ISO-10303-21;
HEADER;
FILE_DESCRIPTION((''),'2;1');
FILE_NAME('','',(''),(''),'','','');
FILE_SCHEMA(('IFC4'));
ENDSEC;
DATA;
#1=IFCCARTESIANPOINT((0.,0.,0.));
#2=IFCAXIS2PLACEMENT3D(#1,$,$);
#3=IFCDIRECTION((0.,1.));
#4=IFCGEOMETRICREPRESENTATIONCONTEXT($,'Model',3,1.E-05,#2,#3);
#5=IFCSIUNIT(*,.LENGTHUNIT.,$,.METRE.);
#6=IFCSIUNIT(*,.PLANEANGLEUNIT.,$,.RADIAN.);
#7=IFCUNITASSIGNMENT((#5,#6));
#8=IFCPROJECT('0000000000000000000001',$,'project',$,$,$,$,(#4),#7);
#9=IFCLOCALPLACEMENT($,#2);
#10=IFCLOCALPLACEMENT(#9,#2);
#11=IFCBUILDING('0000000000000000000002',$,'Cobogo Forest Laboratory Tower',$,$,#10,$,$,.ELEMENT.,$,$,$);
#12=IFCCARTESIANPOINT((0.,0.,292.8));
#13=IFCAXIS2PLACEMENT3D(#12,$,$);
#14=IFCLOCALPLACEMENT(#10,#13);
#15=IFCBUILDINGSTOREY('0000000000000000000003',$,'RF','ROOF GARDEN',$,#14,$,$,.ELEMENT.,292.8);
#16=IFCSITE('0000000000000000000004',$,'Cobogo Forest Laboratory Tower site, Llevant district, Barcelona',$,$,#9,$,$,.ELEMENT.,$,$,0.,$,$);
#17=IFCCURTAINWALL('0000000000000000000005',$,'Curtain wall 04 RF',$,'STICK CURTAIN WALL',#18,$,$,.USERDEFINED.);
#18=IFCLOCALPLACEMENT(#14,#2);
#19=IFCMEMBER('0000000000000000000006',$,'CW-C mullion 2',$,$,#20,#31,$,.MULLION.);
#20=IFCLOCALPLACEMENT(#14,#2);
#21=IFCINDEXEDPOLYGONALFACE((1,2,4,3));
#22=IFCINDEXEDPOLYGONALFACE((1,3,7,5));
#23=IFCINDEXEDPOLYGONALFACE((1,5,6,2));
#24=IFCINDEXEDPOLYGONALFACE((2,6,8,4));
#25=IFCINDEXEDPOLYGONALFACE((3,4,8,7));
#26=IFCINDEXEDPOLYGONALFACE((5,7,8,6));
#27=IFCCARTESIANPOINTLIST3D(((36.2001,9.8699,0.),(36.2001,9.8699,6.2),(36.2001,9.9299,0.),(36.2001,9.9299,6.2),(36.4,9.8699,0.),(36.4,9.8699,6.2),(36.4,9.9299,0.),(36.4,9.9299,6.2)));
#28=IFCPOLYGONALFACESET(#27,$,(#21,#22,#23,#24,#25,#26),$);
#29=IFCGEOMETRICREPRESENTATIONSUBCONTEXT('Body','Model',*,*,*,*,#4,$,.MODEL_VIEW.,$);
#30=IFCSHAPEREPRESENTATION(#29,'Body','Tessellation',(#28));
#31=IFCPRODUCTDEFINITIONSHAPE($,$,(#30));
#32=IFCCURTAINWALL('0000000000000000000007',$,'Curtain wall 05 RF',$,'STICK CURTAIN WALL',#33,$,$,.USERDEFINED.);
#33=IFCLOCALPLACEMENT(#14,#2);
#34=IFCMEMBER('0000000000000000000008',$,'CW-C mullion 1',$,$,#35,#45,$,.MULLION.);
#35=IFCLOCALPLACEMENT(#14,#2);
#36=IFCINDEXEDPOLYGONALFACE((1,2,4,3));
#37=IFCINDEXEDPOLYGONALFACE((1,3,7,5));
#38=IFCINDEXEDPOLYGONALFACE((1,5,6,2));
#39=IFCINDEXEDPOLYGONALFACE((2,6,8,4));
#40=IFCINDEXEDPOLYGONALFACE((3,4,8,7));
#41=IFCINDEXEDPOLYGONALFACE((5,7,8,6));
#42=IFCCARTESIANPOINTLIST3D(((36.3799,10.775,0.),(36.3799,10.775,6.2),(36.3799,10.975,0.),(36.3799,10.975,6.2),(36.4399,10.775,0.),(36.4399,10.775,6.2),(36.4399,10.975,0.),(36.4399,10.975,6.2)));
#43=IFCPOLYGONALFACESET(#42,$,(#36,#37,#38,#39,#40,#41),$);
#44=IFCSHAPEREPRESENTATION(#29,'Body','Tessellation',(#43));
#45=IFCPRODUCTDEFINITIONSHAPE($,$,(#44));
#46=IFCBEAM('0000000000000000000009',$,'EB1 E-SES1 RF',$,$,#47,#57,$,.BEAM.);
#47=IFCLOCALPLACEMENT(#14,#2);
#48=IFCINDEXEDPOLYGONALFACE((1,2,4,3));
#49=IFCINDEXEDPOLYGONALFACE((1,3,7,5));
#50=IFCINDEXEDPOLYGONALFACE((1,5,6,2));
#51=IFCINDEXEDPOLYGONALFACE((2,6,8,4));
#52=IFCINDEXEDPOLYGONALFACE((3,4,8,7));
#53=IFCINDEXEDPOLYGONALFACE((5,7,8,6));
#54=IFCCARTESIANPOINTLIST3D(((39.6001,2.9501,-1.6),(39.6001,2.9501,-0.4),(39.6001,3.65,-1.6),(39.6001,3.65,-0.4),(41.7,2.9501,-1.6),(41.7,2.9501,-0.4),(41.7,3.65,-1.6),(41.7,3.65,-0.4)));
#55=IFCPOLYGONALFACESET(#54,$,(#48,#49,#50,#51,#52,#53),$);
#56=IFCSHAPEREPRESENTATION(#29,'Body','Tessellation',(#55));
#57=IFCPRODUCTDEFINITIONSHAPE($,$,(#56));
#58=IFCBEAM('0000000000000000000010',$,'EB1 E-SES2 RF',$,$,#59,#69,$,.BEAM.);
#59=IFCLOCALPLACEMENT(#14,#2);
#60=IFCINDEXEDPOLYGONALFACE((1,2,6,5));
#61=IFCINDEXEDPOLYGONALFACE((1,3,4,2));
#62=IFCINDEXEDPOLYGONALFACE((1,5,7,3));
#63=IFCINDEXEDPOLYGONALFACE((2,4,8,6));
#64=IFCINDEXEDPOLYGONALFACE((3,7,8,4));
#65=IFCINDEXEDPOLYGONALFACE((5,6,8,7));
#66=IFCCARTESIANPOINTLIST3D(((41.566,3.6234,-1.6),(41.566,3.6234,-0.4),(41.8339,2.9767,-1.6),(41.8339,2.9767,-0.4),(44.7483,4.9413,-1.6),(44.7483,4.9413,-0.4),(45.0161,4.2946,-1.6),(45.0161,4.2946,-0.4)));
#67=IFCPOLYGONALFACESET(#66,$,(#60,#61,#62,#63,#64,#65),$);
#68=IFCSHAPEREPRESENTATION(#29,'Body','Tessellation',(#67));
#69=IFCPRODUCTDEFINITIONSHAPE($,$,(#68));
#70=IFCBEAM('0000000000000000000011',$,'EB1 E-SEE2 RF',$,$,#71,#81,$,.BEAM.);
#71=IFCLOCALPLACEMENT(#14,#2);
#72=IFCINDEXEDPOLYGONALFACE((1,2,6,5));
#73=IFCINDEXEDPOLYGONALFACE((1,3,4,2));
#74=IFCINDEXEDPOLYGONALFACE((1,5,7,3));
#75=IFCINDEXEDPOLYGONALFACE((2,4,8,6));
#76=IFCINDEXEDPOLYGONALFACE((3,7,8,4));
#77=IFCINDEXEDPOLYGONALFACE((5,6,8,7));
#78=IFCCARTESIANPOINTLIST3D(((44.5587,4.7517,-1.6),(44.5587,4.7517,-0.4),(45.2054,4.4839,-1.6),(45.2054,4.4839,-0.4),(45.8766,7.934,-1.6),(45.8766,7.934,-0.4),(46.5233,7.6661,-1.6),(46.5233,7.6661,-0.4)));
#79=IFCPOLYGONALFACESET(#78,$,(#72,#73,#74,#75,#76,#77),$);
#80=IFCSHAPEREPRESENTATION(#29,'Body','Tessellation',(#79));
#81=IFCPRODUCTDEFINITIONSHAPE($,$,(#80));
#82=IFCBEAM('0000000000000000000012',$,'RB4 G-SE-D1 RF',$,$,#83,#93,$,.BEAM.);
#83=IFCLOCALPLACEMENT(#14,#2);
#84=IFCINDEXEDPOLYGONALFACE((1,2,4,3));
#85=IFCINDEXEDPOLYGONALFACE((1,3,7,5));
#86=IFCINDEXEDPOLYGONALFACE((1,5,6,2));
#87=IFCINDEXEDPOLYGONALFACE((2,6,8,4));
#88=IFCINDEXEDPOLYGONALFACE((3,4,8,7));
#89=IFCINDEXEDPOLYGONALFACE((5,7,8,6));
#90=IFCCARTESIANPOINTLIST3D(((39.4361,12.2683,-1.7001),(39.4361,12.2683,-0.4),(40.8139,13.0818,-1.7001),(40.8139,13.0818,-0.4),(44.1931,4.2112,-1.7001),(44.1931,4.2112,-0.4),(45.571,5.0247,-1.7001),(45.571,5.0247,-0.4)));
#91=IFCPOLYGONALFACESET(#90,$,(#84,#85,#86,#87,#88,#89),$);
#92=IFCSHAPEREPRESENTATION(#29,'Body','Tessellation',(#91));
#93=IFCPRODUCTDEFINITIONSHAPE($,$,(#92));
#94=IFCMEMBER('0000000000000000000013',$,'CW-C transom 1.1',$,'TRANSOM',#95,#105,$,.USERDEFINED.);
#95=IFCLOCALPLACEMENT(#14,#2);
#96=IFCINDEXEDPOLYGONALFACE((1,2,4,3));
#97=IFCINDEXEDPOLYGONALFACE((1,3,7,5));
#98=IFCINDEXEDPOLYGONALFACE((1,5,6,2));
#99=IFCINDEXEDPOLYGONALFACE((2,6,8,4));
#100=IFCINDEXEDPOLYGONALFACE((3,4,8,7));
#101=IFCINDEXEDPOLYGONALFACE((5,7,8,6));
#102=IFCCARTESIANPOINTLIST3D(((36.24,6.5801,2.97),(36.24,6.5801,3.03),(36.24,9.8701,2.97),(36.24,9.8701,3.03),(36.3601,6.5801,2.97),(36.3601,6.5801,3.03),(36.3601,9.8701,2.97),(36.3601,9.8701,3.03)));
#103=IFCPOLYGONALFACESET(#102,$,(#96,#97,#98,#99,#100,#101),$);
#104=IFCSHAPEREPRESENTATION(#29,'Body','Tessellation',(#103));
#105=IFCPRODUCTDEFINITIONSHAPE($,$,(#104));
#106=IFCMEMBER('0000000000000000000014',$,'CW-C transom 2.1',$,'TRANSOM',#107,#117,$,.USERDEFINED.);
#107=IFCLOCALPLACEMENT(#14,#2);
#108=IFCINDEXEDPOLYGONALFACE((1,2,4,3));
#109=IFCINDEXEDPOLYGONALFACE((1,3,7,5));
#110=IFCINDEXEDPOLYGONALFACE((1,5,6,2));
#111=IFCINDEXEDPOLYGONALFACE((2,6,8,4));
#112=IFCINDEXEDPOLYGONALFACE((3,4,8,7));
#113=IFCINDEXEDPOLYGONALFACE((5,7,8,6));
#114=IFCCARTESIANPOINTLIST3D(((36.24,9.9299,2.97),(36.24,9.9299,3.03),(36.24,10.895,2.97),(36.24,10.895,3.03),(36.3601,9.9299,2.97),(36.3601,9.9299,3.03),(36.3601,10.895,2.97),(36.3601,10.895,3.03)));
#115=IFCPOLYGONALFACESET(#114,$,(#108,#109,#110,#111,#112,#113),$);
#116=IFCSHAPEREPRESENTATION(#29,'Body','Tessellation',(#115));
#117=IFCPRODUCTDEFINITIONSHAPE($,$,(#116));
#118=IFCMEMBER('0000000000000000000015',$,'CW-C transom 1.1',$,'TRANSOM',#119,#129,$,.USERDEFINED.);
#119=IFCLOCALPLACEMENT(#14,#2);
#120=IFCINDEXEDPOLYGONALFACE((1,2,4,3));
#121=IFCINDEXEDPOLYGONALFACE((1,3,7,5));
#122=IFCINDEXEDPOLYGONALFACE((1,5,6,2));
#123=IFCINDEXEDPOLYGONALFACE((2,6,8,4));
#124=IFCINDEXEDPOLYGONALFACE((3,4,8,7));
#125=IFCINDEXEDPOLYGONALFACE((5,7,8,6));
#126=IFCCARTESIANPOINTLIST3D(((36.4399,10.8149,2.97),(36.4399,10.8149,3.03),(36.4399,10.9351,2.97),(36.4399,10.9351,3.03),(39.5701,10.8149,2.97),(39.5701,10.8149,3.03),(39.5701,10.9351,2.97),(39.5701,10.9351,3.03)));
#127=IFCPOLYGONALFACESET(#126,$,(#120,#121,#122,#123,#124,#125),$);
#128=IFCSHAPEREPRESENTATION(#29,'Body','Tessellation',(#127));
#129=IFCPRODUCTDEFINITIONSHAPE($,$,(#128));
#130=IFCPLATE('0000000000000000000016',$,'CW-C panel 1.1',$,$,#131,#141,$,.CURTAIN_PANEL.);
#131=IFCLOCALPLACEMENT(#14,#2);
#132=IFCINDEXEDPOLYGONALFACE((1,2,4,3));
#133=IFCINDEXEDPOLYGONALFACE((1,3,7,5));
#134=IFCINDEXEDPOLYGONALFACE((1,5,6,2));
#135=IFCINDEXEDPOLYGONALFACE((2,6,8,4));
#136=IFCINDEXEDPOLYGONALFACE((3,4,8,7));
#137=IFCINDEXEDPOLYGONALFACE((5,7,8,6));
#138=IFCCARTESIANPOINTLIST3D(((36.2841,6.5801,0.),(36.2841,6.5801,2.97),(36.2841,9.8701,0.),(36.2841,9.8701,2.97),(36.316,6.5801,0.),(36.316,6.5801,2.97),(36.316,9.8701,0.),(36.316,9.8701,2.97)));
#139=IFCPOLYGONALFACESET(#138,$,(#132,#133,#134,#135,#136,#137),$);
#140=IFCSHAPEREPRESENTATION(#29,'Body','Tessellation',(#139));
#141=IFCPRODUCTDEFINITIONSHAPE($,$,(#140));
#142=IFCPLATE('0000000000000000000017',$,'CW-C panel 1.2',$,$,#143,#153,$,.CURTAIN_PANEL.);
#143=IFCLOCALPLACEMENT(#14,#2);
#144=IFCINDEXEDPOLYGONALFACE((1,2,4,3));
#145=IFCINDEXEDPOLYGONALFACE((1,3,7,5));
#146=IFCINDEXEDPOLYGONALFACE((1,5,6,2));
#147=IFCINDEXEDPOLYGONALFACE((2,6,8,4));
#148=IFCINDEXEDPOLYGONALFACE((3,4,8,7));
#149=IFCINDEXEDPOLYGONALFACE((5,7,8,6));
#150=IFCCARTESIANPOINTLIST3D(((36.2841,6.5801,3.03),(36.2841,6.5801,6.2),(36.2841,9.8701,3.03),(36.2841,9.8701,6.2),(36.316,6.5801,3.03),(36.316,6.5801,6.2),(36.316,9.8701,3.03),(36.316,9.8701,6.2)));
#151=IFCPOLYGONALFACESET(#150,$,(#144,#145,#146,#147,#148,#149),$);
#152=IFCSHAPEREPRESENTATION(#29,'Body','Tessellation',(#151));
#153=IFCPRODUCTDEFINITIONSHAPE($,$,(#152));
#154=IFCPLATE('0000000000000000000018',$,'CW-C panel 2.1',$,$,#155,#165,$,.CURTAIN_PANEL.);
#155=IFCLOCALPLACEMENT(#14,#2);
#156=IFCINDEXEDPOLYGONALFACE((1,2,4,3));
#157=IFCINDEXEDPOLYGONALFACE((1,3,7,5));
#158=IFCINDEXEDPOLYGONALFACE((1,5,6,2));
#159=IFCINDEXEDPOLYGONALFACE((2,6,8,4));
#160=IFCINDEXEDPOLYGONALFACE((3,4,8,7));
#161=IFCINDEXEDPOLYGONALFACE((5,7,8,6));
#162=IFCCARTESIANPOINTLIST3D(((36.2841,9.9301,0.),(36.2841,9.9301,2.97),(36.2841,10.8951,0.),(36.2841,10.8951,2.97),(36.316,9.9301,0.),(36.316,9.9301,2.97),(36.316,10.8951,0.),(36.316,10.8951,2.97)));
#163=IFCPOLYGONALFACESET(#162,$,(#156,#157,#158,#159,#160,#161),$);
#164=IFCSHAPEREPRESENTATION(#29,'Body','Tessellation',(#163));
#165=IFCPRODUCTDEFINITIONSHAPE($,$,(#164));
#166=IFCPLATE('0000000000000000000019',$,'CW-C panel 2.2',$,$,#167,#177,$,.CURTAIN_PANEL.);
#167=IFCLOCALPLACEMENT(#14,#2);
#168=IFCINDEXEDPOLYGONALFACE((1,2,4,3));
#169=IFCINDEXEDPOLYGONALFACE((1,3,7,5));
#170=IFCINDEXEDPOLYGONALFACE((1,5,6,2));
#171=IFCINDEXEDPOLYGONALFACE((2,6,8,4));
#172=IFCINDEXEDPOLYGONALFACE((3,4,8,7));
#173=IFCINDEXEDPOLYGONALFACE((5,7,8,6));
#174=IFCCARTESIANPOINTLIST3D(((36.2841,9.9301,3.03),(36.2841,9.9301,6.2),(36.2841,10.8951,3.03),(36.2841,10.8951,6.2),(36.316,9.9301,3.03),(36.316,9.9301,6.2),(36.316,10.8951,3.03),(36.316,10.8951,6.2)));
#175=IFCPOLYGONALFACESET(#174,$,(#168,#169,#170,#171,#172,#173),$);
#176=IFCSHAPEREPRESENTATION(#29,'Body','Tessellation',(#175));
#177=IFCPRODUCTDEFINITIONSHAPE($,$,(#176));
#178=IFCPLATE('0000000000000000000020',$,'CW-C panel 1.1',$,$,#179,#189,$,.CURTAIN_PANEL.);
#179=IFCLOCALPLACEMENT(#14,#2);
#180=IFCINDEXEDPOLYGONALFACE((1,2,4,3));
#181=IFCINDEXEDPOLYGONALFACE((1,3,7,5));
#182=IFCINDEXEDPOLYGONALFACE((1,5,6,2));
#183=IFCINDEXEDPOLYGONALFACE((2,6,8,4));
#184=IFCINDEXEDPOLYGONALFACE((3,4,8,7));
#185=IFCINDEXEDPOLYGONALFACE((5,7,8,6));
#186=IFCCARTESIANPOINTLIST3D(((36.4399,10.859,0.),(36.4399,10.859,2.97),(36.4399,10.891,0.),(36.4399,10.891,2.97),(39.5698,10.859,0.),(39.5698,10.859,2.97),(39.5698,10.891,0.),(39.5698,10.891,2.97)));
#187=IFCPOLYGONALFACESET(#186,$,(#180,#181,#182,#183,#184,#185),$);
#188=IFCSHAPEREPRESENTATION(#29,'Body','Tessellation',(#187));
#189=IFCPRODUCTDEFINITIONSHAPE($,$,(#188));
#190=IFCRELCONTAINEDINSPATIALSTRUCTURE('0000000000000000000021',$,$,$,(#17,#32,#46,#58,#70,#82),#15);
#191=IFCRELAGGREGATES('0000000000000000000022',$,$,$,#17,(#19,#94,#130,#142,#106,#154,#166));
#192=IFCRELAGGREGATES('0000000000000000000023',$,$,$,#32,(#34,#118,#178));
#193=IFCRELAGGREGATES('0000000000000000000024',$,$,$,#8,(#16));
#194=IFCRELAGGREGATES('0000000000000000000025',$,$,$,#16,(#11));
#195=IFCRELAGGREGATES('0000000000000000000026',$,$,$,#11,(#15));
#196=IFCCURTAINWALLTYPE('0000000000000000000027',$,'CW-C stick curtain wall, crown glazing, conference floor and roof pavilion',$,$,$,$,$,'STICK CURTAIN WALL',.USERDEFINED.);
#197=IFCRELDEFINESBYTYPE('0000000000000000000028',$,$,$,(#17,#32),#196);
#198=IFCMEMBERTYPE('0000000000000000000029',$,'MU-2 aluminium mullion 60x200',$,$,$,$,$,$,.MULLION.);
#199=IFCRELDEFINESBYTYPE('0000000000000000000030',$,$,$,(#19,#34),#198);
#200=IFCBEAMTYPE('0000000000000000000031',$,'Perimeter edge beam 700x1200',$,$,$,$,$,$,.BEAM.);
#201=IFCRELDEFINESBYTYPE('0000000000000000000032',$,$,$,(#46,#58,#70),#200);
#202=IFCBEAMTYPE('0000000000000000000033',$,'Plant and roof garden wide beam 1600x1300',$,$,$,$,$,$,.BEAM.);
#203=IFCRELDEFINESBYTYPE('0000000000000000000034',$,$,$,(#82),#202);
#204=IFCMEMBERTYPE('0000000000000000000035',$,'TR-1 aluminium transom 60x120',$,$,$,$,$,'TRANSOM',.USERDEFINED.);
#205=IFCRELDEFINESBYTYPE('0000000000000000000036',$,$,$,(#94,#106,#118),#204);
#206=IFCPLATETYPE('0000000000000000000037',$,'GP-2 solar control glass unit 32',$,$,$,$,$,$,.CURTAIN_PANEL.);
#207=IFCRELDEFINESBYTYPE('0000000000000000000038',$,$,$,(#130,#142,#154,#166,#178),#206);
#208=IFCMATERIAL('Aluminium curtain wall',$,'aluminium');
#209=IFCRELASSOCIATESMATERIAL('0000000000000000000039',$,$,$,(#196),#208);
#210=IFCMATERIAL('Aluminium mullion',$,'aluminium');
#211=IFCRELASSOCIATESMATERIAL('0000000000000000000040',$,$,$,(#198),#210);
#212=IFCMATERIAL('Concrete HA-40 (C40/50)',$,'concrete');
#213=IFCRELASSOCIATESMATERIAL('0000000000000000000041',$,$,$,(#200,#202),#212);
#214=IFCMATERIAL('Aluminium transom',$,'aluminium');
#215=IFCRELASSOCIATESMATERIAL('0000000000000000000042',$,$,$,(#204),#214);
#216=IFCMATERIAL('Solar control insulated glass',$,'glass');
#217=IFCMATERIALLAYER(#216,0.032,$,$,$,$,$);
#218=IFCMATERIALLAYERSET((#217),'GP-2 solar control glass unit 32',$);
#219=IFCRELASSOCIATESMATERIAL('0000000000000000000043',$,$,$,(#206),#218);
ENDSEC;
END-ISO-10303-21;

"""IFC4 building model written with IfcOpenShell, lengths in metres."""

from ifc_helpers import new_model, si_unit, direction, frame, origin, origin_2d, place, context, subcontext, project, spatial, rectangle, extrude, material, layer, layer_set, material_profile, profile_set, type_object, element, aggregate, save


model = new_model("IFC4")

# Units and contexts
model_context = context("Model", 3, precision=1e-05, world=origin(), true_north=direction((0.0, 1.0)))
body_context = subcontext(model_context, "Body", "Model", "MODEL_VIEW")
ifc_project = project(units=[si_unit("LENGTHUNIT", "METRE"), si_unit("PLANEANGLEUNIT", "RADIAN")], contexts=[model_context])

# Site, building, storey
site_placement = place(None, origin())
site = spatial("IfcSite", under=ifc_project, at=site_placement, Name="Cobogo Forest Laboratory Tower site, Llevant district, Barcelona", CompositionType="ELEMENT", RefElevation=0.0)
building_placement = place(site_placement, origin())
building = spatial("IfcBuilding", under=site, at=building_placement, Name="Cobogo Forest Laboratory Tower", CompositionType="ELEMENT")
storey_placement = place(building_placement, frame((0.0, 0.0, 292.8)))
storey = spatial("IfcBuildingStorey", under=building, at=storey_placement, Name="RF", Description="ROOF GARDEN", CompositionType="ELEMENT", Elevation=292.8)

# Curtain wall, member
ifc_material_1 = material(Name="Aluminium curtain wall", Category="aluminium")
curtain_wall_type = type_object("IfcCurtainWallType", Name="CW-C stick curtain wall, crown glazing, conference floor and roof pavilion", ElementType="STICK CURTAIN WALL", PredefinedType="USERDEFINED", material=ifc_material_1)
curtain_wall_1_placement = place(storey_placement, origin())
curtain_wall_1 = element("IfcCurtainWall", 1, at=curtain_wall_1_placement, inside=storey, type_object=curtain_wall_type, Name="Curtain wall 04 RF", ObjectType="STICK CURTAIN WALL", PredefinedType="USERDEFINED")
ifc_material_2 = material(Name="Aluminium mullion", Category="aluminium")
ifc_material_profile_1 = material_profile(ifc_material_2, rectangle(XDim=0.0601, YDim=0.2, at=origin_2d()), Name="AL 60x200")
ifc_profile_set_1 = profile_set([ifc_material_profile_1], Name="Aluminium mullion")
member_type_1 = type_object("IfcMemberType", Name="MU-2 aluminium mullion 60x200", PredefinedType="MULLION", material=ifc_profile_set_1)
member_1_placement = place(storey_placement, frame((36.3, 9.8999, 0.0), z_axis=(0.0, 0.0, 1.0), x_axis=(0.0, 1.0, 0.0)))
member_1 = element("IfcMember", 2, at=member_1_placement, type_object=member_type_1, Name="CW-C mullion 2", PredefinedType="MULLION", context=body_context, shape_type="SweptSolid", body=[
    extrude(rectangle(XDim=0.0601, YDim=0.2, at=origin_2d()), origin(), (0.0, 0.0, 1.0), 6.2),
])

# Curtain wall, member
curtain_wall_2_placement = place(storey_placement, origin())
curtain_wall_2 = element("IfcCurtainWall", 3, at=curtain_wall_2_placement, inside=storey, type_object=curtain_wall_type, Name="Curtain wall 05 RF", ObjectType="STICK CURTAIN WALL", PredefinedType="USERDEFINED")
member_2_placement = place(storey_placement, frame((36.4099, 10.875, 0.0), z_axis=(0.0, 0.0, 1.0), x_axis=(1.0, 0.0, 0.0)))
member_2 = element("IfcMember", 4, at=member_2_placement, type_object=member_type_1, Name="CW-C mullion 1", PredefinedType="MULLION", context=body_context, shape_type="SweptSolid", body=[
    extrude(rectangle(XDim=0.0601, YDim=0.2, at=origin_2d()), origin(), (0.0, 0.0, 1.0), 6.2),
])

# Beams
ifc_material_3 = material(Name="Concrete HA-40 (C40/50)", Category="concrete")
ifc_material_profile_2 = material_profile(ifc_material_3, rectangle(XDim=0.7, YDim=1.2, at=origin_2d()), Name="RC 700x1200")
ifc_profile_set_2 = profile_set([ifc_material_profile_2], Name="Concrete HA-40 (C40/50)")
beam_type_1 = type_object("IfcBeamType", Name="Perimeter edge beam 700x1200", PredefinedType="BEAM", material=ifc_profile_set_2)
beam_1_placement = place(storey_placement, frame((39.6001, 3.3, -1.0), z_axis=(1.0, 0.0, 0.0), x_axis=(0.0, 1.0, 0.0)))
element("IfcBeam", 5, at=beam_1_placement, inside=storey, type_object=beam_type_1, Name="EB1 E-SES1 RF", PredefinedType="BEAM", context=body_context, shape_type="SweptSolid", body=[
    extrude(rectangle(XDim=0.7, YDim=1.2, at=origin_2d()), origin(), (0.0, 0.0, 1.0), 2.0999),
])
for number, where, z_axis, x_axis, name in (
    (6, (41.7, 3.3, -1.0), (0.923901, 0.382631, 0.0), (-0.382631, 0.923901, 0.0), "EB1 E-SES2 RF"),
    (7, (46.2, 7.8, -1.0), (-0.382631, -0.923901, 0.0), (0.923901, -0.382631, 0.0), "EB1 E-SEE2 RF"),
):
    element("IfcBeam", number, at=place(storey_placement, frame(where, z_axis=z_axis, x_axis=x_axis)), inside=storey, type_object=beam_type_1, Name=name, PredefinedType="BEAM", context=body_context, shape_type="SweptSolid", body=[
        extrude(rectangle(XDim=0.7, YDim=1.2, at=origin_2d()), origin(), (0.0, 0.0, 1.0), 3.4443),
    ])
ifc_material_profile_3 = material_profile(ifc_material_3, rectangle(XDim=1.6001, YDim=1.3, at=origin_2d()), Name="RC 1600x1300")
ifc_profile_set_3 = profile_set([ifc_material_profile_3], Name="Concrete HA-40 (C40/50)")
beam_type_2 = type_object("IfcBeamType", Name="Plant and roof garden wide beam 1600x1300", PredefinedType="BEAM", material=ifc_profile_set_3)
beam_2_placement = place(storey_placement, frame((44.8821, 4.6179, -1.05), z_axis=(-0.508416, 0.861111, 0.0), x_axis=(-0.861111, -0.508416, 0.0)))
element("IfcBeam", 8, at=beam_2_placement, inside=storey, type_object=beam_type_2, Name="RB4 G-SE-D1 RF", PredefinedType="BEAM", context=body_context, shape_type="SweptSolid", body=[
    extrude(rectangle(XDim=1.6001, YDim=1.3, at=origin_2d()), origin(), (0.0, 0.0, 1.0), 9.3567),
])

# Members
ifc_material_4 = material(Name="Aluminium transom", Category="aluminium")
ifc_material_profile_4 = material_profile(ifc_material_4, rectangle(XDim=0.1201, YDim=0.0601, at=origin_2d()), Name="AL 60x120")
ifc_profile_set_4 = profile_set([ifc_material_profile_4], Name="Aluminium transom")
member_type_2 = type_object("IfcMemberType", Name="TR-1 aluminium transom 60x120", ElementType="TRANSOM", PredefinedType="USERDEFINED", material=ifc_profile_set_4)
member_3_placement = place(storey_placement, frame((36.3, 6.5801, 3.0), z_axis=(0.0, 1.0, 0.0), x_axis=(-1.0, 0.0, 0.0)))
member_3 = element("IfcMember", 9, at=member_3_placement, type_object=member_type_2, Name="CW-C transom 1.1", ObjectType="TRANSOM", PredefinedType="USERDEFINED", context=body_context, shape_type="SweptSolid", body=[
    extrude(rectangle(XDim=0.1201, YDim=0.0601, at=origin_2d()), origin(), (0.0, 0.0, 1.0), 3.29),
])
member_4_placement = place(storey_placement, frame((36.3, 9.9299, 3.0), z_axis=(0.0, 1.0, 0.0), x_axis=(-1.0, 0.0, 0.0)))
member_4 = element("IfcMember", 10, at=member_4_placement, type_object=member_type_2, Name="CW-C transom 2.1", ObjectType="TRANSOM", PredefinedType="USERDEFINED", context=body_context, shape_type="SweptSolid", body=[
    extrude(rectangle(XDim=0.1201, YDim=0.0601, at=origin_2d()), origin(), (0.0, 0.0, 1.0), 0.9651),
])
member_5_placement = place(storey_placement, frame((36.4399, 10.875, 3.0), z_axis=(1.0, 0.0, 0.0), x_axis=(0.0, 1.0, 0.0)))
member_5 = element("IfcMember", 11, at=member_5_placement, type_object=member_type_2, Name="CW-C transom 1.1", ObjectType="TRANSOM", PredefinedType="USERDEFINED", context=body_context, shape_type="SweptSolid", body=[
    extrude(rectangle(XDim=0.1201, YDim=0.0601, at=origin_2d()), origin(), (0.0, 0.0, 1.0), 3.1301),
])

# Plates
ifc_material_5 = material(Name="Solar control insulated glass", Category="glass")
ifc_layer = layer(ifc_material_5, 0.032)
ifc_layer_set = layer_set([ifc_layer], Name="GP-2 solar control glass unit 32")
plate_type = type_object("IfcPlateType", Name="GP-2 solar control glass unit 32", PredefinedType="CURTAIN_PANEL", material=ifc_layer_set)
plate_1_placement = place(storey_placement, frame((36.3, 8.2251, 0.0), z_axis=(0.0, 0.0, 1.0), x_axis=(0.0, 1.0, 0.0)))
plate_1 = element("IfcPlate", 12, at=plate_1_placement, type_object=plate_type, Name="CW-C panel 1.1", PredefinedType="CURTAIN_PANEL", context=body_context, shape_type="SweptSolid", body=[
    extrude(rectangle(XDim=3.29, YDim=0.032, at=origin_2d()), origin(), (0.0, 0.0, 1.0), 2.97),
])
plate_2_placement = place(storey_placement, frame((36.3, 8.2251, 3.03), z_axis=(0.0, 0.0, 1.0), x_axis=(0.0, 1.0, 0.0)))
plate_2 = element("IfcPlate", 13, at=plate_2_placement, type_object=plate_type, Name="CW-C panel 1.2", PredefinedType="CURTAIN_PANEL", context=body_context, shape_type="SweptSolid", body=[
    extrude(rectangle(XDim=3.29, YDim=0.032, at=origin_2d()), origin(), (0.0, 0.0, 1.0), 3.1699),
])
plate_3_placement = place(storey_placement, frame((36.3, 10.4126, 0.0), z_axis=(0.0, 0.0, 1.0), x_axis=(0.0, 1.0, 0.0)))
plate_3 = element("IfcPlate", 14, at=plate_3_placement, type_object=plate_type, Name="CW-C panel 2.1", PredefinedType="CURTAIN_PANEL", context=body_context, shape_type="SweptSolid", body=[
    extrude(rectangle(XDim=0.9651, YDim=0.032, at=origin_2d()), origin(), (0.0, 0.0, 1.0), 2.97),
])
plate_4_placement = place(storey_placement, frame((36.3, 10.4126, 3.03), z_axis=(0.0, 0.0, 1.0), x_axis=(0.0, 1.0, 0.0)))
plate_4 = element("IfcPlate", 15, at=plate_4_placement, type_object=plate_type, Name="CW-C panel 2.2", PredefinedType="CURTAIN_PANEL", context=body_context, shape_type="SweptSolid", body=[
    extrude(rectangle(XDim=0.9651, YDim=0.032, at=origin_2d()), origin(), (0.0, 0.0, 1.0), 3.1699),
])
aggregate(curtain_wall_1, [member_1, member_3, plate_1, plate_2, member_4, plate_3, plate_4])
plate_5_placement = place(storey_placement, frame((38.0049, 10.875, 0.0), z_axis=(0.0, 0.0, 1.0), x_axis=(1.0, 0.0, 0.0)))
plate_5 = element("IfcPlate", 16, at=plate_5_placement, type_object=plate_type, Name="CW-C panel 1.1", PredefinedType="CURTAIN_PANEL", context=body_context, shape_type="SweptSolid", body=[
    extrude(rectangle(XDim=3.1299, YDim=0.032, at=origin_2d()), origin(), (0.0, 0.0, 1.0), 2.97),
])
aggregate(curtain_wall_2, [member_2, member_5, plate_5])

save(model, "model.ifc")
